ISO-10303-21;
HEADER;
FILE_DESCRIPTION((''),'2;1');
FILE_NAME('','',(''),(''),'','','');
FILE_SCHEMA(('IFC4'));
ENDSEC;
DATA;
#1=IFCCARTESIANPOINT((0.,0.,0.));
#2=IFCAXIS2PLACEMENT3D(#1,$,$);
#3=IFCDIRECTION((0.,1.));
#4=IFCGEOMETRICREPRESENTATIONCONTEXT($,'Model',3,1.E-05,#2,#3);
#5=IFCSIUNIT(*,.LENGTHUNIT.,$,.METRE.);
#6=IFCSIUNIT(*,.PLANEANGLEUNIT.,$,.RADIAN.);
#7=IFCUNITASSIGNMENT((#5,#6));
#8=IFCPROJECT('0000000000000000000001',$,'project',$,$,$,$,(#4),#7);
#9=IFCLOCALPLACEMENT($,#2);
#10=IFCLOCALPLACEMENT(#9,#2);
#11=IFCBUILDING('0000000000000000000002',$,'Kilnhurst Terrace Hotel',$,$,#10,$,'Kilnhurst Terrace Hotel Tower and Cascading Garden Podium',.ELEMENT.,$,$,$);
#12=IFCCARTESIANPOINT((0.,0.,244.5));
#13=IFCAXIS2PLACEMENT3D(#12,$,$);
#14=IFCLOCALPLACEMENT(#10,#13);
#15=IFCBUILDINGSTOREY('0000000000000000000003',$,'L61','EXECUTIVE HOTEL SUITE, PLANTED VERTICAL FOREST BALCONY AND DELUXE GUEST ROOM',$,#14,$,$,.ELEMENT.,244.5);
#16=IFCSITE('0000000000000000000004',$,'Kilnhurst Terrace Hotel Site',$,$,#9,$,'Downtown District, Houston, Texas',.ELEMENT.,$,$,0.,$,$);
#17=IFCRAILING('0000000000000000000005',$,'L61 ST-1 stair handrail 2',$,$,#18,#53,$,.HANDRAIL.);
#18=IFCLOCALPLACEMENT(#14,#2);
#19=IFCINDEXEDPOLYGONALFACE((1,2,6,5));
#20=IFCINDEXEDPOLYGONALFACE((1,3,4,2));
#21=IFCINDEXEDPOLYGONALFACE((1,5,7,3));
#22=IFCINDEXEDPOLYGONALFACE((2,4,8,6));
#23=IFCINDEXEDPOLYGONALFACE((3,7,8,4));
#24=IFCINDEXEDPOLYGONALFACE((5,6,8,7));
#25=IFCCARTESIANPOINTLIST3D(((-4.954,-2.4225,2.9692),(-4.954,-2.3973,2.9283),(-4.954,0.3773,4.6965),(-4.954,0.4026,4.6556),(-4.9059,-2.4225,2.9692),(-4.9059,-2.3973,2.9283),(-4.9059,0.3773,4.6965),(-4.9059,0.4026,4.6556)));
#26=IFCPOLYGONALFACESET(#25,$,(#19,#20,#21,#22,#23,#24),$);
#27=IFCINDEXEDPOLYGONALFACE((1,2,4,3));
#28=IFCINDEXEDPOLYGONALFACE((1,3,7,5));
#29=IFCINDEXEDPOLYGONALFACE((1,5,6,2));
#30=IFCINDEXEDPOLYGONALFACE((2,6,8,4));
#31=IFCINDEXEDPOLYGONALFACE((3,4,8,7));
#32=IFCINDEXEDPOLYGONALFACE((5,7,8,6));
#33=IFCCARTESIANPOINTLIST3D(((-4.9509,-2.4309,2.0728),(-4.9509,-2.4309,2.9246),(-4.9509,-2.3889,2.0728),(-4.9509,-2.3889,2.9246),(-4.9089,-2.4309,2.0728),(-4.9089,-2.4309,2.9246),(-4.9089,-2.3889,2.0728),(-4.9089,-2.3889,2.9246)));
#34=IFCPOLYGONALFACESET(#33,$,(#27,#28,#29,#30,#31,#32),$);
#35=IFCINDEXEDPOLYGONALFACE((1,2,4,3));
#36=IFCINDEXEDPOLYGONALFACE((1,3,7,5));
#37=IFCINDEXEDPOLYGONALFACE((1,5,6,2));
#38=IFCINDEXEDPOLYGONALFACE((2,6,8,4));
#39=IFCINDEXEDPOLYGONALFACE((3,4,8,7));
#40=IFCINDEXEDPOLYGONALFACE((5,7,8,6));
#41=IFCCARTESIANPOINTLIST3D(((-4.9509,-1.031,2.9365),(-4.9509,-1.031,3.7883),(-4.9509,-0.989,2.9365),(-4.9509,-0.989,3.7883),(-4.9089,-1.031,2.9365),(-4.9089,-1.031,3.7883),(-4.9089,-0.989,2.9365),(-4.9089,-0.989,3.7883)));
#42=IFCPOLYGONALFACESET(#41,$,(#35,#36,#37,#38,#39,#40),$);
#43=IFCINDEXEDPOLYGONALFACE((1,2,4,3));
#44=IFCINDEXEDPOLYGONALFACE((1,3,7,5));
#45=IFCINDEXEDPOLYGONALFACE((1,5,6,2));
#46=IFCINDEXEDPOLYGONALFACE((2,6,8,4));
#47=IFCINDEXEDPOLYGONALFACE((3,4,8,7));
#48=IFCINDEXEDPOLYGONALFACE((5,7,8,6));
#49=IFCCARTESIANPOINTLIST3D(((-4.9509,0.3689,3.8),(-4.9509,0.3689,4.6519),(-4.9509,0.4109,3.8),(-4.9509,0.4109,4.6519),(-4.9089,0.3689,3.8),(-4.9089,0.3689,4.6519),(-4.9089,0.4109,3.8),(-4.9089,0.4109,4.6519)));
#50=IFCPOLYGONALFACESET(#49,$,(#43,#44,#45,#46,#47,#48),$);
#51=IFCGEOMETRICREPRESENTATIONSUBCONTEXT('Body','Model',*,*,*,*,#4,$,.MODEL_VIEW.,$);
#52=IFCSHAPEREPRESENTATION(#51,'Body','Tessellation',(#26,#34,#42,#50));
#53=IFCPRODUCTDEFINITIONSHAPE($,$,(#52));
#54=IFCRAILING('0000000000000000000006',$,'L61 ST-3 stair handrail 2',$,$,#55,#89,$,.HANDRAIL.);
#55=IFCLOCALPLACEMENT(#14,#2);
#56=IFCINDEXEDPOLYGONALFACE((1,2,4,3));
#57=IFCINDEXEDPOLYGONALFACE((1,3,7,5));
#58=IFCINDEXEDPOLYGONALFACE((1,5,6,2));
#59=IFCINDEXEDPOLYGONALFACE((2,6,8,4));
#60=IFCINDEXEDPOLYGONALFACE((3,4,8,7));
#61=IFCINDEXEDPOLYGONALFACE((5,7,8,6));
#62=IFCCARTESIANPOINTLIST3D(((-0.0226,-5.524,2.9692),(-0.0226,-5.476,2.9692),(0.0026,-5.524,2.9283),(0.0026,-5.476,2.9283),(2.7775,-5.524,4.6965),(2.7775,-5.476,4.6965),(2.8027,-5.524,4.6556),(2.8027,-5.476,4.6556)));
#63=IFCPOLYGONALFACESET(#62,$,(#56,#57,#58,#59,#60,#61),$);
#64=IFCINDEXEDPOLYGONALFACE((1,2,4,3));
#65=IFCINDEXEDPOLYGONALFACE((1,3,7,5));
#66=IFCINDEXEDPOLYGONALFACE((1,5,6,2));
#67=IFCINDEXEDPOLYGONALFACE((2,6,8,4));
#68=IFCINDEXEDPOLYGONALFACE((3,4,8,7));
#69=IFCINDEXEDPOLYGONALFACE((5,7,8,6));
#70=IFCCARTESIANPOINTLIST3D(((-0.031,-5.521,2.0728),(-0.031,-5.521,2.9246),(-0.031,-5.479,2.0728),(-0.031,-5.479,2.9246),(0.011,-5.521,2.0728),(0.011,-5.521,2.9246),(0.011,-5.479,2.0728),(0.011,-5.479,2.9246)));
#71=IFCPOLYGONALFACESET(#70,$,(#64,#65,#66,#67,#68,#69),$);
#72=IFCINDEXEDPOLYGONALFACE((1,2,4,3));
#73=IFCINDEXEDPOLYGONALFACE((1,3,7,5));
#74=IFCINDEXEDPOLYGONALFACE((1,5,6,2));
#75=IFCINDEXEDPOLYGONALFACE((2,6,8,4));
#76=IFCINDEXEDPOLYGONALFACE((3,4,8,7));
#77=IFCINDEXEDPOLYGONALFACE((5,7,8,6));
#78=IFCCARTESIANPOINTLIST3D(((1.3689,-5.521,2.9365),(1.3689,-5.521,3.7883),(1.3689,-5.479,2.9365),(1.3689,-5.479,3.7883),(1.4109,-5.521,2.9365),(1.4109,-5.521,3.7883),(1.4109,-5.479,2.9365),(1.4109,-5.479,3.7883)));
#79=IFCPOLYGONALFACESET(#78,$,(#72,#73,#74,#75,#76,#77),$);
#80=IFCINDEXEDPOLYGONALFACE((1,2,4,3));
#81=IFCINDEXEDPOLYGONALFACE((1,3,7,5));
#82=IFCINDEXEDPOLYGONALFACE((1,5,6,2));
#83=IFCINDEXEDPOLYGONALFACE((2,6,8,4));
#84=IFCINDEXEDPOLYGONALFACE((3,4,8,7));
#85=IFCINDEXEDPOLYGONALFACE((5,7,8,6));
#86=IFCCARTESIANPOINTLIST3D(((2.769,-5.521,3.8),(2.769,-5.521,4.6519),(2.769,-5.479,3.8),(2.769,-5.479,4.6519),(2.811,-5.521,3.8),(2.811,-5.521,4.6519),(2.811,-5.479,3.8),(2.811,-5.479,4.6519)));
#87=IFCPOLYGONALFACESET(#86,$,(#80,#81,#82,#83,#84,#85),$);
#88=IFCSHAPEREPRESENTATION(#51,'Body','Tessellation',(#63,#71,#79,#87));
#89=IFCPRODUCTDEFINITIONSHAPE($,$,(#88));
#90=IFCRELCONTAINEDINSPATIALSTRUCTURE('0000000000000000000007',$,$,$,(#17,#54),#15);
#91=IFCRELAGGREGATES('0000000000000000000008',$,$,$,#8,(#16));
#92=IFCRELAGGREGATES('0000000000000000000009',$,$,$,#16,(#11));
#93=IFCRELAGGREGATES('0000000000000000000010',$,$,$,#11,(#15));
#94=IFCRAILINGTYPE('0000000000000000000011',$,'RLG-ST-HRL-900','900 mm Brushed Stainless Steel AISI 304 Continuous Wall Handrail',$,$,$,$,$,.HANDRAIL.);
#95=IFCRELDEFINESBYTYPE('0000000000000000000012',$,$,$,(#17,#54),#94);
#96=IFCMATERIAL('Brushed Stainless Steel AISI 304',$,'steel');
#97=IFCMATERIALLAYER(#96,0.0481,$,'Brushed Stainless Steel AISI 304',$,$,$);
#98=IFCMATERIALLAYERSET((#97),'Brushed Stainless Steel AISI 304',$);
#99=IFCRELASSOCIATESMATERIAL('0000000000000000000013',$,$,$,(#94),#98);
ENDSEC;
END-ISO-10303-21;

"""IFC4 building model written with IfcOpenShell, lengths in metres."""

from ifc_helpers import new_model, si_unit, direction, frame, origin, origin_2d, place, context, subcontext, project, spatial, rectangle, extrude, material, layer, layer_set, type_object, element, save


model = new_model("IFC4")

# Units and contexts
model_context = context("Model", 3, precision=1e-05, world=origin(), true_north=direction((0.0, 1.0)))
body_context = subcontext(model_context, "Body", "Model", "MODEL_VIEW")
ifc_project = project(units=[si_unit("LENGTHUNIT", "METRE"), si_unit("PLANEANGLEUNIT", "RADIAN")], contexts=[model_context])

# Site, building, storey
site_placement = place(None, origin())
site = spatial("IfcSite", under=ifc_project, at=site_placement, Name="Kilnhurst Terrace Hotel Site", LongName="Downtown District, Houston, Texas", CompositionType="ELEMENT", RefElevation=0.0)
building_placement = place(site_placement, origin())
building = spatial("IfcBuilding", under=site, at=building_placement, Name="Kilnhurst Terrace Hotel", LongName="Kilnhurst Terrace Hotel Tower and Cascading Garden Podium", CompositionType="ELEMENT")
storey_placement = place(building_placement, frame((0.0, 0.0, 244.5)))
storey = spatial("IfcBuildingStorey", under=building, at=storey_placement, Name="L61", Description="EXECUTIVE HOTEL SUITE, PLANTED VERTICAL FOREST BALCONY AND DELUXE GUEST ROOM", CompositionType="ELEMENT", Elevation=244.5)

# Railings
ifc_material_1 = material(Name="Brushed Stainless Steel AISI 304", Category="steel")
ifc_layer_1 = layer(ifc_material_1, 0.0481, Name="Brushed Stainless Steel AISI 304")
ifc_layer_set_1 = layer_set([ifc_layer_1], Name="Brushed Stainless Steel AISI 304")
railing_type_1 = type_object("IfcRailingType", Name="RLG-ST-HRL-900", Description="900 mm Brushed Stainless Steel AISI 304 Continuous Wall Handrail", PredefinedType="HANDRAIL", material=ifc_layer_set_1)
railing_1_placement = place(storey_placement, frame((-4.9299, -2.4099, 2.0728)))
element("IfcRailing", 1, at=railing_1_placement, inside=storey, type_object=railing_type_1, Name="L61 ST-1 stair handrail 2", PredefinedType="HANDRAIL", context=body_context, shape_type="SweptSolid", body=[
    extrude(rectangle(XDim=0.0481, YDim=0.0481, at=origin_2d()), frame((0.0, 0.0, 0.876), z_axis=(0.0, 0.851069, 0.525054), x_axis=(-1.0, 0.0, 0.0)), (0.0, 0.0, 1.0), 3.2898),
    extrude(rectangle(XDim=0.042, YDim=0.042, at=origin_2d()), origin(), (0.0, 0.0, 1.0), 0.8518),
    extrude(rectangle(XDim=0.042, YDim=0.042, at=origin_2d()), frame((0.0, 1.3999, 0.8638)), (0.0, 0.0, 1.0), 0.8518),
    extrude(rectangle(XDim=0.042, YDim=0.042, at=origin_2d()), frame((0.0, 2.7998, 1.7273)), (0.0, 0.0, 1.0), 0.8518),
])
railing_2_placement = place(storey_placement, frame((-0.01, -5.5, 2.0728)))
element("IfcRailing", 2, at=railing_2_placement, inside=storey, type_object=railing_type_1, Name="L61 ST-3 stair handrail 2", PredefinedType="HANDRAIL", context=body_context, shape_type="SweptSolid", body=[
    extrude(rectangle(XDim=0.0481, YDim=0.0481, at=origin_2d()), frame((0.0, 0.0, 0.876), z_axis=(0.85109, 0.0, 0.52502), x_axis=(0.0, 1.0, 0.0)), (0.0, 0.0, 1.0), 3.29),
    extrude(rectangle(XDim=0.042, YDim=0.042, at=origin_2d()), origin(), (0.0, 0.0, 1.0), 0.8518),
    extrude(rectangle(XDim=0.042, YDim=0.042, at=origin_2d()), frame((1.3999, 0.0, 0.8638)), (0.0, 0.0, 1.0), 0.8518),
    extrude(rectangle(XDim=0.042, YDim=0.042, at=origin_2d()), frame((2.8, 0.0, 1.7273)), (0.0, 0.0, 1.0), 0.8518),
])

save(model, "model.ifc")
